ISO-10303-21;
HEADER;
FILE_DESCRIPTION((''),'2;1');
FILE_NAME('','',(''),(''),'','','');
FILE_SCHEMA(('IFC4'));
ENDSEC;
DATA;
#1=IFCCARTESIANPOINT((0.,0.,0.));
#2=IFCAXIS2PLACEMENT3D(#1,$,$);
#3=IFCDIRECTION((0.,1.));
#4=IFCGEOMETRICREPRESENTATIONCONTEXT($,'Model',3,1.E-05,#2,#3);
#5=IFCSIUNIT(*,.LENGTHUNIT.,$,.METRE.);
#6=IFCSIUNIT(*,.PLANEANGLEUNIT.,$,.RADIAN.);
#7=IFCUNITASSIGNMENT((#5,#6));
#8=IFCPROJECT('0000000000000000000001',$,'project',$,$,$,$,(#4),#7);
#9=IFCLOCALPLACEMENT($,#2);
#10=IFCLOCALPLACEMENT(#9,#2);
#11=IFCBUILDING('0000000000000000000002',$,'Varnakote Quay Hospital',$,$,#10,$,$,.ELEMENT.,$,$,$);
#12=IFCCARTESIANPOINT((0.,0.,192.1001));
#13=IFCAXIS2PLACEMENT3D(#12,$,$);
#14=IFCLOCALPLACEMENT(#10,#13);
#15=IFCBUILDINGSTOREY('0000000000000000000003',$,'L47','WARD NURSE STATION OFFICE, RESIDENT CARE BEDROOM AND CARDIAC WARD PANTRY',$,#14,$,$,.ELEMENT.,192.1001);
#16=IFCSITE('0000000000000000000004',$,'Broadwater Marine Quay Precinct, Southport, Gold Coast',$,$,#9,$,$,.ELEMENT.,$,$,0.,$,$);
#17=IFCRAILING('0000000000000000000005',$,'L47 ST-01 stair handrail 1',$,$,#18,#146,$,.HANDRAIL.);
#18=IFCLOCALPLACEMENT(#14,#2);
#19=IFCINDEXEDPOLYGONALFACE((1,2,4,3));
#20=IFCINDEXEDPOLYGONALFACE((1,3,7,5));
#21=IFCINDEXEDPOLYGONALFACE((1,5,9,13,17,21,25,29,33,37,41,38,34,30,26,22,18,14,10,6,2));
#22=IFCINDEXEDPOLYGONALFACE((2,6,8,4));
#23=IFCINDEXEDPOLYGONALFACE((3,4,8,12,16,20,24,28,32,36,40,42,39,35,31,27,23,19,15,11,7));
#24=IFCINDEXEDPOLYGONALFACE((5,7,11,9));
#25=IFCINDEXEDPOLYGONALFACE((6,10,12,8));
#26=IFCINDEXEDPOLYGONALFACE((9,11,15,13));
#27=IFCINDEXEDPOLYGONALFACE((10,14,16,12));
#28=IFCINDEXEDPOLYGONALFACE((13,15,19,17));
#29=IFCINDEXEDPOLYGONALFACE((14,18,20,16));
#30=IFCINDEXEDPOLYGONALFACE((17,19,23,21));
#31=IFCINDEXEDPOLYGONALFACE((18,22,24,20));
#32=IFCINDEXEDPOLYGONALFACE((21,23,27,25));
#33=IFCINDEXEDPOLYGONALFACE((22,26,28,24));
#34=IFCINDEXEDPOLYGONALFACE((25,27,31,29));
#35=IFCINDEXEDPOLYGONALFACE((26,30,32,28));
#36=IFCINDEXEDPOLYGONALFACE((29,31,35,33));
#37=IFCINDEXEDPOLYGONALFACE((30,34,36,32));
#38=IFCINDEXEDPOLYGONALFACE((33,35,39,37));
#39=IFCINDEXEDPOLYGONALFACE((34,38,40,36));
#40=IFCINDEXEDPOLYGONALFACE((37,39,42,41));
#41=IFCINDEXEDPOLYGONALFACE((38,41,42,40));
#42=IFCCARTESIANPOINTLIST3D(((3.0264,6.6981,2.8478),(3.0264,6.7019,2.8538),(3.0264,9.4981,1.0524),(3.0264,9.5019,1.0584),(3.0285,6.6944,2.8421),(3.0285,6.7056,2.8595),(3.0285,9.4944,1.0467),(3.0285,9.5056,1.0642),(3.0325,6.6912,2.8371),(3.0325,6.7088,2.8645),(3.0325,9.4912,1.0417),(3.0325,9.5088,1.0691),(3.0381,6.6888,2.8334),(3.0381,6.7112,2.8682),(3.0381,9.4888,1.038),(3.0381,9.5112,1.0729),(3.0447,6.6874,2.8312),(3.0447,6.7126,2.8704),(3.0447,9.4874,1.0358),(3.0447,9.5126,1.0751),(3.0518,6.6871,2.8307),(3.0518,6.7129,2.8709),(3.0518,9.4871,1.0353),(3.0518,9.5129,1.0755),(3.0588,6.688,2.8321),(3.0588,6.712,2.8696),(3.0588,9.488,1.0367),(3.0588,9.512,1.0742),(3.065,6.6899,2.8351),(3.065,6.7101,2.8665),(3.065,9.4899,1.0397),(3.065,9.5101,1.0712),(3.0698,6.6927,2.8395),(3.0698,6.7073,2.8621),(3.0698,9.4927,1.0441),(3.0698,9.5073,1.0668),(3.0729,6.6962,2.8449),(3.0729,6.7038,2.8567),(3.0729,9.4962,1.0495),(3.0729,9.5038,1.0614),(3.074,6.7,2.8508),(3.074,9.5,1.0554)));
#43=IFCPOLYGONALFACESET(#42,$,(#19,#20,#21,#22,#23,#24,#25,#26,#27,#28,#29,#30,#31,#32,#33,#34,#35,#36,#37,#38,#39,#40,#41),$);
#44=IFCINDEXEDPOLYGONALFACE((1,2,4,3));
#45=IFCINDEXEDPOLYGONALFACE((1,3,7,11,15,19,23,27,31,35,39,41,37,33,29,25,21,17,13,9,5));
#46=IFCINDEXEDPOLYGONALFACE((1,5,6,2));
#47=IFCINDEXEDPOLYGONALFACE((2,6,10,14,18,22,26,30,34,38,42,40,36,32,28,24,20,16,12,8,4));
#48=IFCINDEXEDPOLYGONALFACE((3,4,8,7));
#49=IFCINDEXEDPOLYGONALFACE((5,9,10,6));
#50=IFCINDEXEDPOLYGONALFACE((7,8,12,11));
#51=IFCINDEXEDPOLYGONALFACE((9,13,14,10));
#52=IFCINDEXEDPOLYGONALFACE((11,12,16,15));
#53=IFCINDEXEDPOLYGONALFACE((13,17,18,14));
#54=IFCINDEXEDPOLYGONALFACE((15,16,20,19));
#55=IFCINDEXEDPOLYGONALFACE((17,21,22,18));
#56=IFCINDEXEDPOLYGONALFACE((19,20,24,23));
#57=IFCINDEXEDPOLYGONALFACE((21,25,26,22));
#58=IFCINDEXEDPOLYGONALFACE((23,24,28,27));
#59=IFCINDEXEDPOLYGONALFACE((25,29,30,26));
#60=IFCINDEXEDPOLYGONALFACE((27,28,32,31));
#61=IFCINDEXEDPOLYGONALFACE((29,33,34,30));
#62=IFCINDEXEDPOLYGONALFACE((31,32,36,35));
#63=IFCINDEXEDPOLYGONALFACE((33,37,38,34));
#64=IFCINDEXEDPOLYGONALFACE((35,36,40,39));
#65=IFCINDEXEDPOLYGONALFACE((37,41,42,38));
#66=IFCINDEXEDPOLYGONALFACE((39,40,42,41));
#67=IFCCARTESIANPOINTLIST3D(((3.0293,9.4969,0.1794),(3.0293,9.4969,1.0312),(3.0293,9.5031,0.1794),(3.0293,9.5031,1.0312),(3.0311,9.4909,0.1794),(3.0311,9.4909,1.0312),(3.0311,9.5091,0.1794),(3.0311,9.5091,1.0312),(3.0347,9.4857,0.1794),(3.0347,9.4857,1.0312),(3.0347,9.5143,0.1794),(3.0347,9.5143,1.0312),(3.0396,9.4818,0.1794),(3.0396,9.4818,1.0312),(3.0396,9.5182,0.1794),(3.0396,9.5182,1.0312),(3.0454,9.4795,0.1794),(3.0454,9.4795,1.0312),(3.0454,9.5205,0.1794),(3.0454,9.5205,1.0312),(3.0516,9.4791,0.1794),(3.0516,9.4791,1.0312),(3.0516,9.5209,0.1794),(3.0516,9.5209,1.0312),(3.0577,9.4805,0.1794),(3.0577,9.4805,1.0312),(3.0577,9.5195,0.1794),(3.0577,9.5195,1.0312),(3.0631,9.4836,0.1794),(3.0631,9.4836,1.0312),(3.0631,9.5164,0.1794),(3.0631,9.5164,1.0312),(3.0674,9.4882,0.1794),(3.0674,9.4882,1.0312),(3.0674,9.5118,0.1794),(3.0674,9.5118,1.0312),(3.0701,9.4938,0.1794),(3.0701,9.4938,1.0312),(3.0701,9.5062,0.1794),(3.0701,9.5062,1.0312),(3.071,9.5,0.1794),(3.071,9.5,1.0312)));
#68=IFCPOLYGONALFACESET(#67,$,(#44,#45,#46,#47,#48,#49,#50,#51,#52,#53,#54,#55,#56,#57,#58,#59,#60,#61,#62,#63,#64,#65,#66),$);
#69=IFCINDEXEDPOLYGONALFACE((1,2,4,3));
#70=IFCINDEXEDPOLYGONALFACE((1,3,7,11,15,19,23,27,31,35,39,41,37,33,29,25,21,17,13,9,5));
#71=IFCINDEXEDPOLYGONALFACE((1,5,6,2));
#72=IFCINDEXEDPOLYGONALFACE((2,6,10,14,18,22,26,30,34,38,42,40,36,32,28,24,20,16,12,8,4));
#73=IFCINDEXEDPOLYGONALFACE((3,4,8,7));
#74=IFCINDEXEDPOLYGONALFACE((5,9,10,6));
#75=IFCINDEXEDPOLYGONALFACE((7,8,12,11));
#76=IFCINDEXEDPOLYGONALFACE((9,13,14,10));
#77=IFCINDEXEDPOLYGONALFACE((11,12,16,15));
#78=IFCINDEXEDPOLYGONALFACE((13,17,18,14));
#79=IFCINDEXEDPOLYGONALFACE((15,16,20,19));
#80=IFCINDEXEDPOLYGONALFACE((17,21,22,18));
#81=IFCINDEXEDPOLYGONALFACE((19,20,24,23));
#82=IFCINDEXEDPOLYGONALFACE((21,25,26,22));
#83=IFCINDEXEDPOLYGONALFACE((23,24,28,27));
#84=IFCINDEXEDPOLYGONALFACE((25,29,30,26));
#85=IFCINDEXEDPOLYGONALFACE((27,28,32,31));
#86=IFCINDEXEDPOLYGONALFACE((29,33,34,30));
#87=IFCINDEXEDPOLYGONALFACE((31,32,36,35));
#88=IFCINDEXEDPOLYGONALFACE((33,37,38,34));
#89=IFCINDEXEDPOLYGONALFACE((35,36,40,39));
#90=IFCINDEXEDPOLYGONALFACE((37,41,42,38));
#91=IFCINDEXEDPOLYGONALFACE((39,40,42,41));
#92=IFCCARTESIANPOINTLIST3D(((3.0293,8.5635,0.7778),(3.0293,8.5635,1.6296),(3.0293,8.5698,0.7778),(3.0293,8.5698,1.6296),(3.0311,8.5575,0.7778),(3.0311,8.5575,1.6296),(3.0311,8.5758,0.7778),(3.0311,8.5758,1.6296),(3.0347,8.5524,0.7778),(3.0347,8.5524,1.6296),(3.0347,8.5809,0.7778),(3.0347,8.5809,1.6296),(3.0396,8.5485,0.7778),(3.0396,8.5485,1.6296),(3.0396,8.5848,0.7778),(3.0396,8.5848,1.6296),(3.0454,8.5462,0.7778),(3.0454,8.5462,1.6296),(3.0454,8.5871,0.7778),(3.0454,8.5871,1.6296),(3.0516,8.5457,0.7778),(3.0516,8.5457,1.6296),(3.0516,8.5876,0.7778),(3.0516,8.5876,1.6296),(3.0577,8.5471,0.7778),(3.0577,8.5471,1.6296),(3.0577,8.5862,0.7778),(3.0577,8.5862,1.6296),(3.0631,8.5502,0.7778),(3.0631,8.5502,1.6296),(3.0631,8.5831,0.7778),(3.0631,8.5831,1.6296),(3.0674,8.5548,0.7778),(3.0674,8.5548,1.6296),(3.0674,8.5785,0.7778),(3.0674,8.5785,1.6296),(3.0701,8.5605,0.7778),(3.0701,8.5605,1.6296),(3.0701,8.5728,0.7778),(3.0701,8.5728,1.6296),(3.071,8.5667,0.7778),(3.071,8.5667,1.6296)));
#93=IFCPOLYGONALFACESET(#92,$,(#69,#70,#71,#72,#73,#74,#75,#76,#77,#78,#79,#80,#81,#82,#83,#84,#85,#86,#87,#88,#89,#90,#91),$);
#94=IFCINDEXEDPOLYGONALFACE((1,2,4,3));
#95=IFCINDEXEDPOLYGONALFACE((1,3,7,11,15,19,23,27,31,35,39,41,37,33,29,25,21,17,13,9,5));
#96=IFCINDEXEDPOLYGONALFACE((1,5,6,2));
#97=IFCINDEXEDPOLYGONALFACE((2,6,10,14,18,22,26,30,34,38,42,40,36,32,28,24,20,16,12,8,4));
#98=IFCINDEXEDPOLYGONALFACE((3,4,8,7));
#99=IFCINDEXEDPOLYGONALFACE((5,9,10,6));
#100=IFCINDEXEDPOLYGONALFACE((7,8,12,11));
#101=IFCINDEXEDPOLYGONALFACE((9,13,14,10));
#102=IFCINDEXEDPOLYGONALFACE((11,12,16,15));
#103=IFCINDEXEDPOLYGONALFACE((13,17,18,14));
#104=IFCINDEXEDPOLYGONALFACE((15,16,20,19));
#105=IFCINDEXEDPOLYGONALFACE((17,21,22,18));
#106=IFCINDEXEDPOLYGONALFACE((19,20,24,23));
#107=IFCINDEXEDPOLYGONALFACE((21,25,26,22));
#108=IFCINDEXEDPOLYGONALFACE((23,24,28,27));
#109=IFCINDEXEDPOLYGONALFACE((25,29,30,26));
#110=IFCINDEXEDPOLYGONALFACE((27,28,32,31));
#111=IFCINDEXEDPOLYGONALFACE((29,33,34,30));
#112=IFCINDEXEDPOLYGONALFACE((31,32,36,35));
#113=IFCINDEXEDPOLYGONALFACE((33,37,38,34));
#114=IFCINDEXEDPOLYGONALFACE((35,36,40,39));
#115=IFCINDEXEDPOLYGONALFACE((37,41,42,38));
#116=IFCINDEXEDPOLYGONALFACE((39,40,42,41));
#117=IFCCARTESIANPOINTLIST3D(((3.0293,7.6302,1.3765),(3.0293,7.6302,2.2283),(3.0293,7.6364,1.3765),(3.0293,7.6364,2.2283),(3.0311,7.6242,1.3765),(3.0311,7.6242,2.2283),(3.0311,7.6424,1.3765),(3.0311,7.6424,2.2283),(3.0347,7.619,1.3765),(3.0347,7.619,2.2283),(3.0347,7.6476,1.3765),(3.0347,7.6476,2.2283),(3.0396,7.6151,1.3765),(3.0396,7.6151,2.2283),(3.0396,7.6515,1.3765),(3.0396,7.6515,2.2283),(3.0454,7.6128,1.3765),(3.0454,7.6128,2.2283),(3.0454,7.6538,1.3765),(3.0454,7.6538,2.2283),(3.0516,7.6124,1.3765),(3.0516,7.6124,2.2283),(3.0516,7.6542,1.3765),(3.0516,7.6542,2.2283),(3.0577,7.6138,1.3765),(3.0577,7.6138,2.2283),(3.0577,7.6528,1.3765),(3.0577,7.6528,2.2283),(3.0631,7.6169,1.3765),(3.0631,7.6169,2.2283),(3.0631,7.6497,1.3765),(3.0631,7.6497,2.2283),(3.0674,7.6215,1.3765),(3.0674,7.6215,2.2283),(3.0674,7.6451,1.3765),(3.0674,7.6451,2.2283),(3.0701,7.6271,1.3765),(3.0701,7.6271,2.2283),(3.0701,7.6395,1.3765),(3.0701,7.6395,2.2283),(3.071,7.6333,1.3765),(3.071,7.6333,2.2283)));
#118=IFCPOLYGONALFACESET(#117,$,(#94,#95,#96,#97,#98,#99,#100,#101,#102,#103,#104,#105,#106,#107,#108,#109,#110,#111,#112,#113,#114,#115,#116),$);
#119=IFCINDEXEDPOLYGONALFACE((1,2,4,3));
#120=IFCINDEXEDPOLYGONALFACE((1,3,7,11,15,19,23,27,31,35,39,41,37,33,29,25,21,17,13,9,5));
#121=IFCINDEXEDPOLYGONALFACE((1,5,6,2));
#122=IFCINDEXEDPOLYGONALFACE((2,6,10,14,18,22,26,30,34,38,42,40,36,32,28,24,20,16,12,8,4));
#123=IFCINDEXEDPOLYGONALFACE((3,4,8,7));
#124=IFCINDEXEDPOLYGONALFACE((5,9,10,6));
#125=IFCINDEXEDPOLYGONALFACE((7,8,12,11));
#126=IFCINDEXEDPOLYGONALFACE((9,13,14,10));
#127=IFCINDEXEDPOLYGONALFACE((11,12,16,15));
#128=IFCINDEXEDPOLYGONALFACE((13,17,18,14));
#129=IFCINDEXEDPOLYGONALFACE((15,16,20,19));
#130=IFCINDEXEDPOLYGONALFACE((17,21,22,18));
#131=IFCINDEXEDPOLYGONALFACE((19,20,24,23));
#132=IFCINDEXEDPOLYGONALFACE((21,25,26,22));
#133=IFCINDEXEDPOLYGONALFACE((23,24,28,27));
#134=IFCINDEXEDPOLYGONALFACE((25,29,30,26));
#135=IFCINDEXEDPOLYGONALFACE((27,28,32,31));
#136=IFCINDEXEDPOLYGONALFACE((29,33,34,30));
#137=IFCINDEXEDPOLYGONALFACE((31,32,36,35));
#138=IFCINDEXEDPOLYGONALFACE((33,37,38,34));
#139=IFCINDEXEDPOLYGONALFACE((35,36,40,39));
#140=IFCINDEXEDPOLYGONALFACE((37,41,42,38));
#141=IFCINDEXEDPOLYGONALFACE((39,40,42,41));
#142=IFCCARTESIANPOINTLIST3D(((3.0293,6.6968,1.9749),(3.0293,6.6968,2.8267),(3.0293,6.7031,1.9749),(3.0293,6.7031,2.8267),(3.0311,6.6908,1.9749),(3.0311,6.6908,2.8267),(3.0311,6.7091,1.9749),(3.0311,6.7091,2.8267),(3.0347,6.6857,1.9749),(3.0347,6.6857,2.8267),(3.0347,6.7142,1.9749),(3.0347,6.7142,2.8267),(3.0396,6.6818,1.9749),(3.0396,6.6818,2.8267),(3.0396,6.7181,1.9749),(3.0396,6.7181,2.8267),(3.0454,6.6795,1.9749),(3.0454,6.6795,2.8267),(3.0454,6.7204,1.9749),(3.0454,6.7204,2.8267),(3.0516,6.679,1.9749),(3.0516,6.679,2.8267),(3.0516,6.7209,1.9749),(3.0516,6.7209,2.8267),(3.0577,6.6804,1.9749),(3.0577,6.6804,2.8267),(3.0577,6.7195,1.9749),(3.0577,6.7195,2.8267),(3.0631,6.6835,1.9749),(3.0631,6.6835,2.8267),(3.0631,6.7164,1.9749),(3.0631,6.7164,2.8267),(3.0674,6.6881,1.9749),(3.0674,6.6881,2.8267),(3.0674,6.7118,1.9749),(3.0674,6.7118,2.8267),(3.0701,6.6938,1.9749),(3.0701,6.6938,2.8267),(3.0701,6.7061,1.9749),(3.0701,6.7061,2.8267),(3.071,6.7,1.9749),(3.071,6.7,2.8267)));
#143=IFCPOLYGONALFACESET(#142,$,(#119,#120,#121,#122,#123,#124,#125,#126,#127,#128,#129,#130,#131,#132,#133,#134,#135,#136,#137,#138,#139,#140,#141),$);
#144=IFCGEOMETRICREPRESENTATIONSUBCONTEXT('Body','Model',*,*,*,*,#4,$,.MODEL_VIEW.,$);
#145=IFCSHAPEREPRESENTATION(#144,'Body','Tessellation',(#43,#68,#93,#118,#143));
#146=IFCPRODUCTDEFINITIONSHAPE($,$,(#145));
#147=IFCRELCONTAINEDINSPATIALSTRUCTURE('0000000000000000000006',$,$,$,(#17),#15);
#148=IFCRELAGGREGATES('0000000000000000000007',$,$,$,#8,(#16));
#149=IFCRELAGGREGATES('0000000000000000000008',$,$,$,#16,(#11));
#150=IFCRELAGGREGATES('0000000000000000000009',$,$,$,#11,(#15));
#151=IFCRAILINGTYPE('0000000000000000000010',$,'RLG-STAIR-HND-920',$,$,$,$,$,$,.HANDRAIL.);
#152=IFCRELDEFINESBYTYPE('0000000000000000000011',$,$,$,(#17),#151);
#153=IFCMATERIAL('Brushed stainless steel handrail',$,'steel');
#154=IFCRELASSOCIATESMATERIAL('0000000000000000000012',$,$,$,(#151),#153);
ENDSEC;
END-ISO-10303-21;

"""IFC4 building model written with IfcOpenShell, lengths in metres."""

from ifc_helpers import new_model, si_unit, direction, frame, origin, origin_2d, place, context, subcontext, project, spatial, circle, extrude, material, type_object, element, save


model = new_model("IFC4")

# Units and contexts
model_context = context("Model", 3, precision=1e-05, world=origin(), true_north=direction((0.0, 1.0)))
body_context = subcontext(model_context, "Body", "Model", "MODEL_VIEW")
ifc_project = project(units=[si_unit("LENGTHUNIT", "METRE"), si_unit("PLANEANGLEUNIT", "RADIAN")], contexts=[model_context])

# Site, building, storey
site_placement = place(None, origin())
site = spatial("IfcSite", under=ifc_project, at=site_placement, Name="Broadwater Marine Quay Precinct, Southport, Gold Coast", CompositionType="ELEMENT", RefElevation=0.0)
building_placement = place(site_placement, origin())
building = spatial("IfcBuilding", under=site, at=building_placement, Name="Varnakote Quay Hospital", CompositionType="ELEMENT")
storey_placement = place(building_placement, frame((0.0, 0.0, 192.1001)))
storey = spatial("IfcBuildingStorey", under=building, at=storey_placement, Name="L47", Description="WARD NURSE STATION OFFICE, RESIDENT CARE BEDROOM AND CARDIAC WARD PANTRY", CompositionType="ELEMENT", Elevation=192.1001)

# Railing
ifc_material_1 = material(Name="Brushed stainless steel handrail", Category="steel")
railing_type_1 = type_object("IfcRailingType", Name="RLG-STAIR-HND-920", PredefinedType="HANDRAIL", material=ifc_material_1)
railing_1_placement = place(storey_placement, frame((3.05, 9.5, 0.1794)))
element("IfcRailing", 1, at=railing_1_placement, inside=storey, type_object=railing_type_1, Name="L47 ST-01 stair handrail 1", PredefinedType="HANDRAIL", context=body_context, shape_type="SweptSolid", body=[
    extrude(circle(Radius=0.0239, at=origin_2d()), frame((0.0, 0.0, 0.876), z_axis=(0.0, -0.84181, 0.539774), x_axis=(1.0, 0.0, 0.0)), (0.0, 0.0, 1.0), 3.3262),
    extrude(circle(Radius=0.021, at=origin_2d()), origin(), (0.0, 0.0, 1.0), 0.8518),
    extrude(circle(Radius=0.021, at=origin_2d()), frame((0.0, -0.9333, 0.5984)), (0.0, 0.0, 1.0), 0.8518),
    extrude(circle(Radius=0.021, at=origin_2d()), frame((0.0, -1.8667, 1.197)), (0.0, 0.0, 1.0), 0.8518),
    extrude(circle(Radius=0.021, at=origin_2d()), frame((0.0, -2.8, 1.7954)), (0.0, 0.0, 1.0), 0.8518),
])

save(model, "model.ifc")
